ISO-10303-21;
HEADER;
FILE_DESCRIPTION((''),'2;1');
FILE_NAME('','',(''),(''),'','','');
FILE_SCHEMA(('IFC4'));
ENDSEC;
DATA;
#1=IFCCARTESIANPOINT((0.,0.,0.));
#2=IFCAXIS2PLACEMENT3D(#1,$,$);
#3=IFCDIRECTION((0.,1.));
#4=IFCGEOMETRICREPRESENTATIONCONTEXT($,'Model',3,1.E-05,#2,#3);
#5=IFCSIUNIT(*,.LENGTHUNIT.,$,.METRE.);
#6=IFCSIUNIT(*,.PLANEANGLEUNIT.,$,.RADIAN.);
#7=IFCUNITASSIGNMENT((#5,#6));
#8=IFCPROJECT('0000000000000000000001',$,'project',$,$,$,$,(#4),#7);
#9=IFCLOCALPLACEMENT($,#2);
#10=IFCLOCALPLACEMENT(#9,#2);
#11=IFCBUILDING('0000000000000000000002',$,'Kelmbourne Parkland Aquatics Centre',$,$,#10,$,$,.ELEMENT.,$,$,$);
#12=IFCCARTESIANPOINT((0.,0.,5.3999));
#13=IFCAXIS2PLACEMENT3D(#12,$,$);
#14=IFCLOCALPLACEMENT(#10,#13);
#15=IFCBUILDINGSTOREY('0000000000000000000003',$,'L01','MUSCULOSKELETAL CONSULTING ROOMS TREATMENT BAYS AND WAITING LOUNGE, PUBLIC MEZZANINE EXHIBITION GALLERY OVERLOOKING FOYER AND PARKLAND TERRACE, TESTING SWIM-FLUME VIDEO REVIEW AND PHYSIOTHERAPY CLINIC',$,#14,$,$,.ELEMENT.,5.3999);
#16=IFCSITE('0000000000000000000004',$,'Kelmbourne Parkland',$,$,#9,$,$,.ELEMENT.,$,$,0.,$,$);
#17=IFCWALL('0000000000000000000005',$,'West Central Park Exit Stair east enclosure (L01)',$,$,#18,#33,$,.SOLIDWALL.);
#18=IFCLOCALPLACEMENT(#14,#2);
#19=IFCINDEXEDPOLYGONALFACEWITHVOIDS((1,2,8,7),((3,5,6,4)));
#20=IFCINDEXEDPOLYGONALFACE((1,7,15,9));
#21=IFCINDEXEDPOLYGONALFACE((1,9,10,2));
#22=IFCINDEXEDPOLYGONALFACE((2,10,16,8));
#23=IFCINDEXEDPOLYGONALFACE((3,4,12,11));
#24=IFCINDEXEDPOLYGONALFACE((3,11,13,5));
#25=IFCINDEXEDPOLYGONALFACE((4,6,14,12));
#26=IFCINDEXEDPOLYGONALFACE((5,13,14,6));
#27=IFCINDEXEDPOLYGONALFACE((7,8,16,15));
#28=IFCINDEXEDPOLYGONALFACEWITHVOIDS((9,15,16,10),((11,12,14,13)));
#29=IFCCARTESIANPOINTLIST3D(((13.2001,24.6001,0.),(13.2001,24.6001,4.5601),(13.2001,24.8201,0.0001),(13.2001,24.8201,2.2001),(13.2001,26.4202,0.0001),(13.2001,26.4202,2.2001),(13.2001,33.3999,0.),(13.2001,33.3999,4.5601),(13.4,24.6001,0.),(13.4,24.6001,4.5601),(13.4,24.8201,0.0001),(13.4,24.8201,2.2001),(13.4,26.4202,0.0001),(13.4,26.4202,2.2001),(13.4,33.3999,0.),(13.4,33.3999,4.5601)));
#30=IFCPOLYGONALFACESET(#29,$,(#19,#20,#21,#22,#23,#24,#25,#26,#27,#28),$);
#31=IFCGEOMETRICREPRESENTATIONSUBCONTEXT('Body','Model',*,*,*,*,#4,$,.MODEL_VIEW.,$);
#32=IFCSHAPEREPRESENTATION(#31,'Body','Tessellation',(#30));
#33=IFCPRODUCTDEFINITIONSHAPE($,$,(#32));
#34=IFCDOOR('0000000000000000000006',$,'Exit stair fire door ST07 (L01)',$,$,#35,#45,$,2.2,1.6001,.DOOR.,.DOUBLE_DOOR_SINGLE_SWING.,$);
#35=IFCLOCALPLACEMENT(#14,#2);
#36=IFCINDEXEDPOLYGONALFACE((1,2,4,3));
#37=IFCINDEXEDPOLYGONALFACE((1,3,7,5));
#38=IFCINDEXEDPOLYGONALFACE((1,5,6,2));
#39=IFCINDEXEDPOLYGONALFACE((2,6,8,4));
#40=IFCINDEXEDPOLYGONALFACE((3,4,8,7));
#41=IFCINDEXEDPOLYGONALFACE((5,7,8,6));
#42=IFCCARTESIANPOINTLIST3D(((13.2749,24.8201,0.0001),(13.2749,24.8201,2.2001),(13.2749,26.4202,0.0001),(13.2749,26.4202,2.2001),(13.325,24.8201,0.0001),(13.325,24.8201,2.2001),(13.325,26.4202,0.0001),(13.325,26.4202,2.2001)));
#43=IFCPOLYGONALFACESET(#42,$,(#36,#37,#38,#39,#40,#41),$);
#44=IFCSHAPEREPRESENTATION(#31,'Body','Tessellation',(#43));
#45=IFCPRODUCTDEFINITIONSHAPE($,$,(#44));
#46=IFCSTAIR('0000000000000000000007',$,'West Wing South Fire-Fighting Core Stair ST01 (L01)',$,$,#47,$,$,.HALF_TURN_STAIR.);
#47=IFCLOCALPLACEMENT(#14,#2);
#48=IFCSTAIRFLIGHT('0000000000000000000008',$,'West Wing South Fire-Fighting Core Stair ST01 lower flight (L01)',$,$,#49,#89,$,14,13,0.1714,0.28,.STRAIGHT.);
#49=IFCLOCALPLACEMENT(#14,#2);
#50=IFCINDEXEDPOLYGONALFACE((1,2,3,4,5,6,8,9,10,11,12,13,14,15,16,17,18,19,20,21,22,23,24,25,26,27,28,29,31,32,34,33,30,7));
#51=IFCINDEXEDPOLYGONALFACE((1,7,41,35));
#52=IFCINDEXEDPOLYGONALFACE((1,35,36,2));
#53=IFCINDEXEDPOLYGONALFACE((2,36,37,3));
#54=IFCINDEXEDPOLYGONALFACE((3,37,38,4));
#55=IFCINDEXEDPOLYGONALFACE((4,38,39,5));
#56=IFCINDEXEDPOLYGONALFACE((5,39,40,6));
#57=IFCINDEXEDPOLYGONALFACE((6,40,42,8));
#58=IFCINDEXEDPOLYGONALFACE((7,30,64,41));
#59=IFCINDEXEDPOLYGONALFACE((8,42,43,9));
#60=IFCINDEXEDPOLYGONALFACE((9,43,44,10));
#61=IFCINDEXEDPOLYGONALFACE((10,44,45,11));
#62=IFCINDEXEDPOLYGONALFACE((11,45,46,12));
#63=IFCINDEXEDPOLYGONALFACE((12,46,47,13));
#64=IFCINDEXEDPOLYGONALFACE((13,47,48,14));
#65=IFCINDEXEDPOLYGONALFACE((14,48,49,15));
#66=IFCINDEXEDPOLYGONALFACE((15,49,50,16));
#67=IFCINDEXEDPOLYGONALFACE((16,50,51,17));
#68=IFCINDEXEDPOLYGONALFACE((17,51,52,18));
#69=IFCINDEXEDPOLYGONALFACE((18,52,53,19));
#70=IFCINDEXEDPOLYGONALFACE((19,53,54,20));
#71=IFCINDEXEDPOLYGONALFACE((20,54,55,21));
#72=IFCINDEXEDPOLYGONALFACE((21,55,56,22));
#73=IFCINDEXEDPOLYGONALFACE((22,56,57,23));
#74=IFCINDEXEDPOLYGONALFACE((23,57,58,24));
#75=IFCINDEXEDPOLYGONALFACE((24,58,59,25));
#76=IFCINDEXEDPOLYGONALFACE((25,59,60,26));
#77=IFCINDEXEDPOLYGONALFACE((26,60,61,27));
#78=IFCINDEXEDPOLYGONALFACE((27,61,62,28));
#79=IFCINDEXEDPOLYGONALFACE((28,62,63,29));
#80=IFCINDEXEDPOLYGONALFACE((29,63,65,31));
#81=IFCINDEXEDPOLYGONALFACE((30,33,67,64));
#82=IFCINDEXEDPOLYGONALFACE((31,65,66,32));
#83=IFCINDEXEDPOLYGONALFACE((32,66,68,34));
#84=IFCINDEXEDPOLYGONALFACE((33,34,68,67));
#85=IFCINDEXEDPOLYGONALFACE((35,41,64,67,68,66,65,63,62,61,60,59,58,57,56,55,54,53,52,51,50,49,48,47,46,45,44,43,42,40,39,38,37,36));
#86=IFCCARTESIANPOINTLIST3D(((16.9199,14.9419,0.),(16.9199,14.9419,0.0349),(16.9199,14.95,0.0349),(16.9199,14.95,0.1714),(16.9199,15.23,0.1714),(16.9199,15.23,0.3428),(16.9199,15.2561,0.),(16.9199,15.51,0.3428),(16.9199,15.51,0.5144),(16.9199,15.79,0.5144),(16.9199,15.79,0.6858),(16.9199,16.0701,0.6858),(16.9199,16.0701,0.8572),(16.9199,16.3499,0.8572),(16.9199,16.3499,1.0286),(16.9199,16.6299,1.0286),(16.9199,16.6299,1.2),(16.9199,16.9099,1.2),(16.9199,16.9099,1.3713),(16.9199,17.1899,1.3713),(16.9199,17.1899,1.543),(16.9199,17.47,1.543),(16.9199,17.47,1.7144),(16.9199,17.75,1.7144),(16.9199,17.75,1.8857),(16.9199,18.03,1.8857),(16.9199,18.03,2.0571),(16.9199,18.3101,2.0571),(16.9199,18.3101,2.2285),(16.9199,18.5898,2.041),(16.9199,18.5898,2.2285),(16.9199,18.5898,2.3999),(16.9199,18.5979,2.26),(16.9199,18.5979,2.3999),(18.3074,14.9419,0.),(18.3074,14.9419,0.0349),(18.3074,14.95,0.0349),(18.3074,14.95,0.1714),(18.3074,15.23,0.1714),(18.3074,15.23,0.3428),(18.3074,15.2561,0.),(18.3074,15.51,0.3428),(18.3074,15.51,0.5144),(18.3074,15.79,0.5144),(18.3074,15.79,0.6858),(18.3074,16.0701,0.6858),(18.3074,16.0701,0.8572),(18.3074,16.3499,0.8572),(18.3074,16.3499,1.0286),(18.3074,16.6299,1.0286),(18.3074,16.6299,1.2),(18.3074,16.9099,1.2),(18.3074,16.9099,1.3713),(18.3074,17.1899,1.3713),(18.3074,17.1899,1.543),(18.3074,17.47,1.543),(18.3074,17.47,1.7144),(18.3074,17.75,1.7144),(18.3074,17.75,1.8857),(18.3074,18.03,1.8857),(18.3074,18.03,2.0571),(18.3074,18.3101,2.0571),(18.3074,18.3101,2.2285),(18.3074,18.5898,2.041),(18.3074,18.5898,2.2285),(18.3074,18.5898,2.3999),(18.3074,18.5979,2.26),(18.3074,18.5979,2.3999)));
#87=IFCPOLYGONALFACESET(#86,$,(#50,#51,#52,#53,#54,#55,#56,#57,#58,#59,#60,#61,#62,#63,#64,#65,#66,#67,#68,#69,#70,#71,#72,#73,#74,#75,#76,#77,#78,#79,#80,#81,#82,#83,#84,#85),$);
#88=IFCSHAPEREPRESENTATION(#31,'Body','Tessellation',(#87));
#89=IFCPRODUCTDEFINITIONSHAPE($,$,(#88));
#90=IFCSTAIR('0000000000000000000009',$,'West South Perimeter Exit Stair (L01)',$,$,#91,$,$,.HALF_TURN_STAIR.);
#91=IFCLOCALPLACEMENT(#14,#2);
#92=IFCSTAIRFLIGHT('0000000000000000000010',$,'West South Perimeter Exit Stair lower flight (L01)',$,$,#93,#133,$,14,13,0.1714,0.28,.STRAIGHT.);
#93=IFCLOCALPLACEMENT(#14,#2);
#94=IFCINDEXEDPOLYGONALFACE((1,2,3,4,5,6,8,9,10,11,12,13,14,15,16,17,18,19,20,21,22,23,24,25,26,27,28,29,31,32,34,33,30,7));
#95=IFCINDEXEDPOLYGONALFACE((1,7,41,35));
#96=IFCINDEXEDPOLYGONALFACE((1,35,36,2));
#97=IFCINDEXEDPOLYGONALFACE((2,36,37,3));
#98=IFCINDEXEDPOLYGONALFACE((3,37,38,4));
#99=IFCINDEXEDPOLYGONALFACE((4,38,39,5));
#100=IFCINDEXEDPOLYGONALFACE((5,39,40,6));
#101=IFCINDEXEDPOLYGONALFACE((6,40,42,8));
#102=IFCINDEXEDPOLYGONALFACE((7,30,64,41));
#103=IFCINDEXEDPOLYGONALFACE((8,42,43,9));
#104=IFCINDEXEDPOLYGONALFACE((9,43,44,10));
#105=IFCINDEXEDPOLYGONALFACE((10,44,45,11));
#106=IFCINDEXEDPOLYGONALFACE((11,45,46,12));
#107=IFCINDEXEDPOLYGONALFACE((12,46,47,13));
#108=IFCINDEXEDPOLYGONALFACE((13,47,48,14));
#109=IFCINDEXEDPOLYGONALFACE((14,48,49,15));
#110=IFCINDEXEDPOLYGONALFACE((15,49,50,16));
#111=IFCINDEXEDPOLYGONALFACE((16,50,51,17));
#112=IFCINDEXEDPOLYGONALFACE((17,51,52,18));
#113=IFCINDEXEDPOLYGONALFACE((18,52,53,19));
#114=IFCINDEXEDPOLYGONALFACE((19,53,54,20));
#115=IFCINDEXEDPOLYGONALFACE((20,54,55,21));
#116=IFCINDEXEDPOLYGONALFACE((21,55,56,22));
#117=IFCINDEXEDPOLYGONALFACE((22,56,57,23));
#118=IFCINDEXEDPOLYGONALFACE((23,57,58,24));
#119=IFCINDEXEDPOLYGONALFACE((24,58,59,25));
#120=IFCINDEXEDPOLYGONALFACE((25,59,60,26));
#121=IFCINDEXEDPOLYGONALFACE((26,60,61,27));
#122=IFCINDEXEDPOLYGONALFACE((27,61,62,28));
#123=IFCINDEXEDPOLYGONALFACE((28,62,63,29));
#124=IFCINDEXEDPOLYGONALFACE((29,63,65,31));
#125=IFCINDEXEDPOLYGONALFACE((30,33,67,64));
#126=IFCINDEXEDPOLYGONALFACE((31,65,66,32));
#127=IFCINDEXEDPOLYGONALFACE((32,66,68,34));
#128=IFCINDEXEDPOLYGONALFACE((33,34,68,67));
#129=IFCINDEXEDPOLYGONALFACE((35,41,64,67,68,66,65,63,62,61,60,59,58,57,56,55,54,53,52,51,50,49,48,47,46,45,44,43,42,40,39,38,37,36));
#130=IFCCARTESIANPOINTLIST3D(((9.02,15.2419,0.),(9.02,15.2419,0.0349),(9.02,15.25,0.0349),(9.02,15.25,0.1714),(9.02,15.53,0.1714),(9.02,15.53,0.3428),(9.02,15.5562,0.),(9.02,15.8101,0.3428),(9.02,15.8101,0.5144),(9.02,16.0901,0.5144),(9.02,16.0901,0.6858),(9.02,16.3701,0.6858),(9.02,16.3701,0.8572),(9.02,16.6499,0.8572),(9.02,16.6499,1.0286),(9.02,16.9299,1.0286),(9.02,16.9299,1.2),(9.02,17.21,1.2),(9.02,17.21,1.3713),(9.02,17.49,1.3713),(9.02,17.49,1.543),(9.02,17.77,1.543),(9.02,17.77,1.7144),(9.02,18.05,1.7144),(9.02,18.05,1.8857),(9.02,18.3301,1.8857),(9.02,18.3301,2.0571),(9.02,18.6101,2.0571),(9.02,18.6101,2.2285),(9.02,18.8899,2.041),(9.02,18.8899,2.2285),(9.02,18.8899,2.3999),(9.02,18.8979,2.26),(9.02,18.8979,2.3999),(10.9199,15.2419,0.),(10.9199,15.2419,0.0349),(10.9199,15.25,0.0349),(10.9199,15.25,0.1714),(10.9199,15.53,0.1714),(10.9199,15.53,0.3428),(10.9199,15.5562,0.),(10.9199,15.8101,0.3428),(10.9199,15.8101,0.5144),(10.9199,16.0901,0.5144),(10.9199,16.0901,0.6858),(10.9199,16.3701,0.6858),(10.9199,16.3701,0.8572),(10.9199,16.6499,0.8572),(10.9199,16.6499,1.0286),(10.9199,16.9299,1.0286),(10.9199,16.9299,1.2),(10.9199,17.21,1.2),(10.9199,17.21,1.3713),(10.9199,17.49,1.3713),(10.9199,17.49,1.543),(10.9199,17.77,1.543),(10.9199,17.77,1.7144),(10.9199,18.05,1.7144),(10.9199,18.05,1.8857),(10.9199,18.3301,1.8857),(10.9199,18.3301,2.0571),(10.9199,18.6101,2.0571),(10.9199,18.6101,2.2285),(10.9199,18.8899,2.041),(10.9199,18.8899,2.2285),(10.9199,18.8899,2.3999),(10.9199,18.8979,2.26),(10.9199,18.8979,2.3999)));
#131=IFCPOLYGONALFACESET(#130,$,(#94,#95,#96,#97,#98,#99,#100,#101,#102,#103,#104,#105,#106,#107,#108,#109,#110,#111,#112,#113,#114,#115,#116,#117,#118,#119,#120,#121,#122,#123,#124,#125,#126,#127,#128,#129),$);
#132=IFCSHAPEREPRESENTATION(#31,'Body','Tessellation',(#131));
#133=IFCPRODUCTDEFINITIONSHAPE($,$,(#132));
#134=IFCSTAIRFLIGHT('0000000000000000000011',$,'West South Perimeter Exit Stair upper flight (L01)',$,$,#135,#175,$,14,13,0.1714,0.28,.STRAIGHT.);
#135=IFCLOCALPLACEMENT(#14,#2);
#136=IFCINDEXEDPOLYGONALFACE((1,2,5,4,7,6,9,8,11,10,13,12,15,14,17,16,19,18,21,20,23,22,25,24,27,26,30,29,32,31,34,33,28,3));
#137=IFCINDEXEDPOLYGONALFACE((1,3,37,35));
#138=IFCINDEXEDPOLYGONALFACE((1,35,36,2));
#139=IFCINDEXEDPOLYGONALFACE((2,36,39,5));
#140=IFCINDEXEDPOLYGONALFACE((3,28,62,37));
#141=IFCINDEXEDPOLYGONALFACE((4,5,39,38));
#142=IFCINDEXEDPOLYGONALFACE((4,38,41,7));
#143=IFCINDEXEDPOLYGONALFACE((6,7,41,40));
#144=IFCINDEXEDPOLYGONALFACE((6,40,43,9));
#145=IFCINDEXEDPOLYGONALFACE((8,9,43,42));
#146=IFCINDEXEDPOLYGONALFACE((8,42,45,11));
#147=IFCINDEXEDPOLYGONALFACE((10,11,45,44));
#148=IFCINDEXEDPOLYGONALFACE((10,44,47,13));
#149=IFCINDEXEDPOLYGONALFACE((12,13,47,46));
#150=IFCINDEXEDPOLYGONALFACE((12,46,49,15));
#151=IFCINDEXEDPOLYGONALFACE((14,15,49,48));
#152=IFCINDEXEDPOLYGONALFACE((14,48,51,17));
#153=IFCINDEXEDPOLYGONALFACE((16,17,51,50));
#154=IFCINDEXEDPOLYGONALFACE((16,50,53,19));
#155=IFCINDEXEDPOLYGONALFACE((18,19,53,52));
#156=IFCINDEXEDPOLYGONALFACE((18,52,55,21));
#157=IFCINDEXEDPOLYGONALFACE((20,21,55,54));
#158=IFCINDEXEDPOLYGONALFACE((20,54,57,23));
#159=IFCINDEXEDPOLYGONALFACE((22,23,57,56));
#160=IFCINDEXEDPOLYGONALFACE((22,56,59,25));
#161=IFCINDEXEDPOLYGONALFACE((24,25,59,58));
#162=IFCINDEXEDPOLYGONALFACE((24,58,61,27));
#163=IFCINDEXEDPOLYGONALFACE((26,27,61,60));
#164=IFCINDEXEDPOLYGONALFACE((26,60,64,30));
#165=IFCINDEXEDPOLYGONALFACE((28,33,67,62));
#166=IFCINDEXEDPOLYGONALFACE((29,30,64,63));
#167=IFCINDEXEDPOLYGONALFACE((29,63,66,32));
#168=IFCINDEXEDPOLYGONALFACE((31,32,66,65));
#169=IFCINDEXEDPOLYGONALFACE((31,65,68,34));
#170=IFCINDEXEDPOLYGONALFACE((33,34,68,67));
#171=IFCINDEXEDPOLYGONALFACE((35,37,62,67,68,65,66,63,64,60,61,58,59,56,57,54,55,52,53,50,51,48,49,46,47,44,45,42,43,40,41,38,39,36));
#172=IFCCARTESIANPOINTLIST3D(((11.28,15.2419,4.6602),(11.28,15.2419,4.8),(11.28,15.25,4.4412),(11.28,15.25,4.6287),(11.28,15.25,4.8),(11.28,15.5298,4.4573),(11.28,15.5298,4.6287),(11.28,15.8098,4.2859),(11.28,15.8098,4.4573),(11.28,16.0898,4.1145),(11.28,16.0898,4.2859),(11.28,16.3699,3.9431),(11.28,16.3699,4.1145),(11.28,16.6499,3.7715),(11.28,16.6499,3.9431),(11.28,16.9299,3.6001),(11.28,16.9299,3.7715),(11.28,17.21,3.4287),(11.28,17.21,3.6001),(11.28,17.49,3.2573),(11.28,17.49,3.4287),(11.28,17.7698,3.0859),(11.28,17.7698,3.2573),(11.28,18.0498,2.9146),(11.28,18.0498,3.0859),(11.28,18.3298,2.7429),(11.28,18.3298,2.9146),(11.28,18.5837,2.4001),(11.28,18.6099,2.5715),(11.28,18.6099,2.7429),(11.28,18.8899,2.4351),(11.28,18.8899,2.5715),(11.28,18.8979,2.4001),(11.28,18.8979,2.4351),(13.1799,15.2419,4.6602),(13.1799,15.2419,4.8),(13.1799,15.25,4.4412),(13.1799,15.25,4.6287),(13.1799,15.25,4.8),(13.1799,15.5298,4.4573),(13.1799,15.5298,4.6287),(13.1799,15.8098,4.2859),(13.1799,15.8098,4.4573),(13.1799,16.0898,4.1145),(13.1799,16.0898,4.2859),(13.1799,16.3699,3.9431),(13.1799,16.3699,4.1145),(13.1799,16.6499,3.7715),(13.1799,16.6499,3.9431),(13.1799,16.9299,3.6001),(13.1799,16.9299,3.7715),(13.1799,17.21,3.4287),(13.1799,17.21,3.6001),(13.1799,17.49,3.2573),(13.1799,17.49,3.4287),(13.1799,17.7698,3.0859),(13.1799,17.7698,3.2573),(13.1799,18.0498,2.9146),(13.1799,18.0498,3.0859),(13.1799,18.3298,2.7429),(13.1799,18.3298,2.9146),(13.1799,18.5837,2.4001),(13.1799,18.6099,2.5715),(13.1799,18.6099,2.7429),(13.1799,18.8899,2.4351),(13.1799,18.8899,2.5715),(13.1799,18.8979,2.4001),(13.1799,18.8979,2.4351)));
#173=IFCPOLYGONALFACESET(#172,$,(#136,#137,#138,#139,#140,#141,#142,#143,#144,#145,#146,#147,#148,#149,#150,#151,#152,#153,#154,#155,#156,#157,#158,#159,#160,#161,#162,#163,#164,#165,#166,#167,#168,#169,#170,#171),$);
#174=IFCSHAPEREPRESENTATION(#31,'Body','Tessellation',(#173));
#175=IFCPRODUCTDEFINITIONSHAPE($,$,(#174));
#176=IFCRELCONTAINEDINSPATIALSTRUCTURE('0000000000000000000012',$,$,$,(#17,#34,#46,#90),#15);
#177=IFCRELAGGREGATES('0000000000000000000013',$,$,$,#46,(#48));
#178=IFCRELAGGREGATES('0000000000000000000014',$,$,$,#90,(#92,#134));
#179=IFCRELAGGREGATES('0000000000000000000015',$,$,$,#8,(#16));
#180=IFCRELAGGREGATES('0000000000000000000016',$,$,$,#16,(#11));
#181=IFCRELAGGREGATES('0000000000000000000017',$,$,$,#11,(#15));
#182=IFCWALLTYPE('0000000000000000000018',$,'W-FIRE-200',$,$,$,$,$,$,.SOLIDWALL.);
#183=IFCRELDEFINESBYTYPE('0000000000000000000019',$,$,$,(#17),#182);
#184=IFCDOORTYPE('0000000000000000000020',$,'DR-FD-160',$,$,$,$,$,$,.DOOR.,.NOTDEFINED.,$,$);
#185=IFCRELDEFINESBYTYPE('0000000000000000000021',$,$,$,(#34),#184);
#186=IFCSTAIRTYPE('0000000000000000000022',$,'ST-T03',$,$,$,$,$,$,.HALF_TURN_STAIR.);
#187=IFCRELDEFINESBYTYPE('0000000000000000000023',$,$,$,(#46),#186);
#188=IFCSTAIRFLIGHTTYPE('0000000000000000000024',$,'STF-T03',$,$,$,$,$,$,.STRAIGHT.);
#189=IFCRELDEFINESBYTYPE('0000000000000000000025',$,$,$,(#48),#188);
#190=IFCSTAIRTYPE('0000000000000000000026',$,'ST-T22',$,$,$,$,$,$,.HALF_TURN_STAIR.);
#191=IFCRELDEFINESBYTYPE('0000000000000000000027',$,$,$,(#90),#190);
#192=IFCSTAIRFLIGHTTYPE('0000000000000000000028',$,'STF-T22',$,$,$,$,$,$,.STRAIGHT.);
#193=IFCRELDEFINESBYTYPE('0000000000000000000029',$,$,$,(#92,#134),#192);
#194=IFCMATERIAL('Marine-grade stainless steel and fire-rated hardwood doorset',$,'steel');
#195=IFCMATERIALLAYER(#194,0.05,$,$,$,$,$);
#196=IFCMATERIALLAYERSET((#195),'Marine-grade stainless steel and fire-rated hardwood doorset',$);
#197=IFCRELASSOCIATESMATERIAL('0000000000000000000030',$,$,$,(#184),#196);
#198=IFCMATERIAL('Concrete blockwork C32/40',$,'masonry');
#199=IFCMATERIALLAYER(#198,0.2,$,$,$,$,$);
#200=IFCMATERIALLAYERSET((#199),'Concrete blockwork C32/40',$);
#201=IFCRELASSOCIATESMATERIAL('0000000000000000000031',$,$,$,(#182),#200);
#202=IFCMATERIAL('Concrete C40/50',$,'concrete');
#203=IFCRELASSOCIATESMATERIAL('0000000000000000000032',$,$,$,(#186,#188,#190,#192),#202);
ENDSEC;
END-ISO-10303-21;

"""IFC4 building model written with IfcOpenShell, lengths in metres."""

from ifc_helpers import new_model, si_unit, direction, frame, frame_2d, origin, place, context, subcontext, project, spatial, polyline, rectangle, outline, extrude, material, layer, layer_set, type_object, element, fill, aggregate, save


model = new_model("IFC4")

# Units and contexts
model_context = context("Model", 3, precision=1e-05, world=origin(), true_north=direction((0.0, 1.0)))
body_context = subcontext(model_context, "Body", "Model", "MODEL_VIEW")
ifc_project = project(units=[si_unit("LENGTHUNIT", "METRE"), si_unit("PLANEANGLEUNIT", "RADIAN")], contexts=[model_context])

# Site, building, storey
site_placement = place(None, origin())
site = spatial("IfcSite", under=ifc_project, at=site_placement, Name="Kelmbourne Parkland", CompositionType="ELEMENT", RefElevation=0.0)
building_placement = place(site_placement, origin())
building = spatial("IfcBuilding", under=site, at=building_placement, Name="Kelmbourne Parkland Aquatics Centre", CompositionType="ELEMENT")
storey_placement = place(building_placement, frame((0.0, 0.0, 5.3999)))
storey = spatial("IfcBuildingStorey", under=building, at=storey_placement, Name="L01", Description="MUSCULOSKELETAL CONSULTING ROOMS TREATMENT BAYS AND WAITING LOUNGE, PUBLIC MEZZANINE EXHIBITION GALLERY OVERLOOKING FOYER AND PARKLAND TERRACE, TESTING SWIM-FLUME VIDEO REVIEW AND PHYSIOTHERAPY CLINIC", CompositionType="ELEMENT", Elevation=5.3999)

# Shared definitions
ifc_material_1 = material(Name="Concrete C40/50", Category="concrete")

# Shared definitions
ifc_material_2 = material(Name="Marine-grade stainless steel and fire-rated hardwood doorset", Category="steel")
ifc_layer_1 = layer(ifc_material_2, 0.05)
ifc_layer_set_1 = layer_set([ifc_layer_1], Name="Marine-grade stainless steel and fire-rated hardwood doorset")
door_type = type_object("IfcDoorType", Name="DR-FD-160", OperationType="NOTDEFINED", PredefinedType="DOOR", material=ifc_layer_set_1)

# Shared definitions
ifc_material_3 = material(Name="Concrete blockwork C32/40", Category="masonry")
ifc_layer_2 = layer(ifc_material_3, 0.2)
ifc_layer_set_2 = layer_set([ifc_layer_2], Name="Concrete blockwork C32/40")
wall_type_1 = type_object("IfcWallType", Name="W-FIRE-200", PredefinedType="SOLIDWALL", material=ifc_layer_set_2)

# Wall, opening, door
wall_1_placement = place(storey_placement, frame((13.3, 24.6001, 0.0), z_axis=(0.0, 0.0, 1.0), x_axis=(0.0, 1.0, 0.0)))
wall_1 = element("IfcWall", 1, at=wall_1_placement, inside=storey, type_object=wall_type_1, Name="West Central Park Exit Stair east enclosure (L01)", PredefinedType="SOLIDWALL", context=body_context, shape_type="SweptSolid", body=[
    extrude(rectangle(XDim=8.7998, YDim=0.2, at=frame_2d((4.3999, 0.0))), origin(), (0.0, 0.0, 1.0), 4.5601),
])
opening_1_placement = place(wall_1_placement, frame((0.22, 0.0, 0.0)))
opening_1 = element("IfcOpeningElement", 2, at=opening_1_placement, cuts=wall_1, PredefinedType="OPENING", context=body_context, shape_type="SweptSolid", body=[
    extrude(rectangle(XDim=1.6001, YDim=2.2, at=frame_2d((0.8, 1.1001))), frame((0.0, 0.1118, 0.0), z_axis=(0.0, -1.0, 0.0), x_axis=(1.0, 0.0, 0.0)), (0.0, 0.0, 1.0), 0.2239),
])
door_1_placement = place(opening_1_placement, frame((1.6001, 0.0, 0.0), z_axis=(0.0, 0.0, 1.0), x_axis=(-1.0, 0.0, 0.0)))
door_1 = element("IfcDoor", 3, at=door_1_placement, inside=storey, type_object=door_type, Name="Exit stair fire door ST07 (L01)", OperationType="DOUBLE_DOOR_SINGLE_SWING", OverallHeight=2.2, OverallWidth=1.6001, PredefinedType="DOOR", context=body_context, shape_type="SweptSolid", body=[
    extrude(rectangle(XDim=1.6001, YDim=2.2, at=frame_2d((0.8, 1.1001))), frame((0.0, 0.0249, 0.0), z_axis=(0.0, -1.0, 0.0), x_axis=(1.0, 0.0, 0.0)), (0.0, 0.0, 1.0), 0.05),
])
fill(opening_1, door_1)

# Stair, stair flight
stair_type_1 = type_object("IfcStairType", Name="ST-T03", PredefinedType="HALF_TURN_STAIR", material=ifc_material_1)
stair_1_placement = place(storey_placement, origin())
stair_1 = element("IfcStair", 4, at=stair_1_placement, inside=storey, type_object=stair_type_1, Name="West Wing South Fire-Fighting Core Stair ST01 (L01)", PredefinedType="HALF_TURN_STAIR")
stair_flight_type_1 = type_object("IfcStairFlightType", Name="STF-T03", PredefinedType="STRAIGHT", material=ifc_material_1)
stair_flight_1_placement = place(storey_placement, frame((17.6138, 14.95, 0.0), z_axis=(0.0, 0.0, 1.0), x_axis=(0.0, 1.0, 0.0)))
stair_flight_1 = element("IfcStairFlight", 5, at=stair_flight_1_placement, type_object=stair_flight_type_1, Name="West Wing South Fire-Fighting Core Stair ST01 lower flight (L01)", NumberOfRisers=14, NumberOfTreads=13, PredefinedType="STRAIGHT", RiserHeight=0.1714, TreadLength=0.28, context=body_context, shape_type="SweptSolid", body=[
    extrude(outline(polyline([(-0.0081, 0.0), (-0.0081, 0.0349), (0.0, 0.0349), (0.0, 0.1714), (0.28, 0.1714), (0.28, 0.3428), (0.5601, 0.3428), (0.5601, 0.5144), (0.8401, 0.5144), (0.8401, 0.6858), (1.1201, 0.6858), (1.1201, 0.8572), (1.3999, 0.8572), (1.3999, 1.0286), (1.6799, 1.0286), (1.6799, 1.2), (1.96, 1.2), (1.96, 1.3713), (2.24, 1.3713), (2.24, 1.543), (2.52, 1.543), (2.52, 1.7144), (2.8, 1.7144), (2.8, 1.8857), (3.0801, 1.8857), (3.0801, 2.0571), (3.3601, 2.0571), (3.3601, 2.2285), (3.6399, 2.2285), (3.6399, 2.3999), (3.6479, 2.3999), (3.6479, 2.26), (3.6399, 2.041), (0.3062, 0.0), (-0.0081, 0.0)])), frame((0.0, 0.6938, 0.0), z_axis=(0.0, -1.0, 0.0), x_axis=(1.0, 0.0, 0.0)), (0.0, 0.0, 1.0), 1.3875),
])
aggregate(stair_1, [stair_flight_1])

# Stair, stair flights
stair_type_2 = type_object("IfcStairType", Name="ST-T22", PredefinedType="HALF_TURN_STAIR", material=ifc_material_1)
stair_2_placement = place(storey_placement, origin())
stair_2 = element("IfcStair", 6, at=stair_2_placement, inside=storey, type_object=stair_type_2, Name="West South Perimeter Exit Stair (L01)", PredefinedType="HALF_TURN_STAIR")
stair_flight_type_2 = type_object("IfcStairFlightType", Name="STF-T22", PredefinedType="STRAIGHT", material=ifc_material_1)
stair_flight_2_placement = place(storey_placement, frame((9.97, 15.25, 0.0), z_axis=(0.0, 0.0, 1.0), x_axis=(0.0, 1.0, 0.0)))
stair_flight_2 = element("IfcStairFlight", 7, at=stair_flight_2_placement, type_object=stair_flight_type_2, Name="West South Perimeter Exit Stair lower flight (L01)", NumberOfRisers=14, NumberOfTreads=13, PredefinedType="STRAIGHT", RiserHeight=0.1714, TreadLength=0.28, context=body_context, shape_type="SweptSolid", body=[
    extrude(outline(polyline([(-0.0081, 0.0), (-0.0081, 0.0349), (0.0, 0.0349), (0.0, 0.1714), (0.28, 0.1714), (0.28, 0.3428), (0.5601, 0.3428), (0.5601, 0.5144), (0.8401, 0.5144), (0.8401, 0.6858), (1.1201, 0.6858), (1.1201, 0.8572), (1.3999, 0.8572), (1.3999, 1.0286), (1.6799, 1.0286), (1.6799, 1.2), (1.96, 1.2), (1.96, 1.3713), (2.24, 1.3713), (2.24, 1.543), (2.52, 1.543), (2.52, 1.7144), (2.8, 1.7144), (2.8, 1.8857), (3.0801, 1.8857), (3.0801, 2.0571), (3.3601, 2.0571), (3.3601, 2.2285), (3.6399, 2.2285), (3.6399, 2.3999), (3.6479, 2.3999), (3.6479, 2.26), (3.6399, 2.041), (0.3062, 0.0), (-0.0081, 0.0)])), frame((0.0, 0.95, 0.0), z_axis=(0.0, -1.0, 0.0), x_axis=(1.0, 0.0, 0.0)), (0.0, 0.0, 1.0), 1.8999),
])
stair_flight_3_placement = place(storey_placement, frame((12.23, 18.8899, 2.4001), z_axis=(0.0, 0.0, 1.0), x_axis=(0.0, -1.0, 0.0)))
stair_flight_3 = element("IfcStairFlight", 8, at=stair_flight_3_placement, type_object=stair_flight_type_2, Name="West South Perimeter Exit Stair upper flight (L01)", NumberOfRisers=14, NumberOfTreads=13, PredefinedType="STRAIGHT", RiserHeight=0.1714, TreadLength=0.28, context=body_context, shape_type="SweptSolid", body=[
    extrude(outline(polyline([(-0.0081, 0.0), (-0.0081, 0.0349), (0.0, 0.0349), (0.0, 0.1714), (0.28, 0.1714), (0.28, 0.3428), (0.5601, 0.3428), (0.5601, 0.5144), (0.8401, 0.5144), (0.8401, 0.6858), (1.1201, 0.6858), (1.1201, 0.8572), (1.3999, 0.8572), (1.3999, 1.0286), (1.6799, 1.0286), (1.6799, 1.2), (1.96, 1.2), (1.96, 1.3713), (2.24, 1.3713), (2.24, 1.543), (2.52, 1.543), (2.52, 1.7144), (2.8, 1.7144), (2.8, 1.8857), (3.0801, 1.8857), (3.0801, 2.0571), (3.3601, 2.0571), (3.3601, 2.2285), (3.6399, 2.2285), (3.6399, 2.3999), (3.6479, 2.3999), (3.6479, 2.26), (3.6399, 2.041), (0.3062, 0.0), (-0.0081, 0.0)])), frame((0.0, 0.95, 0.0), z_axis=(0.0, -1.0, 0.0), x_axis=(1.0, 0.0, 0.0)), (0.0, 0.0, 1.0), 1.8999),
])
aggregate(stair_2, [stair_flight_2, stair_flight_3])

save(model, "model.ifc")
